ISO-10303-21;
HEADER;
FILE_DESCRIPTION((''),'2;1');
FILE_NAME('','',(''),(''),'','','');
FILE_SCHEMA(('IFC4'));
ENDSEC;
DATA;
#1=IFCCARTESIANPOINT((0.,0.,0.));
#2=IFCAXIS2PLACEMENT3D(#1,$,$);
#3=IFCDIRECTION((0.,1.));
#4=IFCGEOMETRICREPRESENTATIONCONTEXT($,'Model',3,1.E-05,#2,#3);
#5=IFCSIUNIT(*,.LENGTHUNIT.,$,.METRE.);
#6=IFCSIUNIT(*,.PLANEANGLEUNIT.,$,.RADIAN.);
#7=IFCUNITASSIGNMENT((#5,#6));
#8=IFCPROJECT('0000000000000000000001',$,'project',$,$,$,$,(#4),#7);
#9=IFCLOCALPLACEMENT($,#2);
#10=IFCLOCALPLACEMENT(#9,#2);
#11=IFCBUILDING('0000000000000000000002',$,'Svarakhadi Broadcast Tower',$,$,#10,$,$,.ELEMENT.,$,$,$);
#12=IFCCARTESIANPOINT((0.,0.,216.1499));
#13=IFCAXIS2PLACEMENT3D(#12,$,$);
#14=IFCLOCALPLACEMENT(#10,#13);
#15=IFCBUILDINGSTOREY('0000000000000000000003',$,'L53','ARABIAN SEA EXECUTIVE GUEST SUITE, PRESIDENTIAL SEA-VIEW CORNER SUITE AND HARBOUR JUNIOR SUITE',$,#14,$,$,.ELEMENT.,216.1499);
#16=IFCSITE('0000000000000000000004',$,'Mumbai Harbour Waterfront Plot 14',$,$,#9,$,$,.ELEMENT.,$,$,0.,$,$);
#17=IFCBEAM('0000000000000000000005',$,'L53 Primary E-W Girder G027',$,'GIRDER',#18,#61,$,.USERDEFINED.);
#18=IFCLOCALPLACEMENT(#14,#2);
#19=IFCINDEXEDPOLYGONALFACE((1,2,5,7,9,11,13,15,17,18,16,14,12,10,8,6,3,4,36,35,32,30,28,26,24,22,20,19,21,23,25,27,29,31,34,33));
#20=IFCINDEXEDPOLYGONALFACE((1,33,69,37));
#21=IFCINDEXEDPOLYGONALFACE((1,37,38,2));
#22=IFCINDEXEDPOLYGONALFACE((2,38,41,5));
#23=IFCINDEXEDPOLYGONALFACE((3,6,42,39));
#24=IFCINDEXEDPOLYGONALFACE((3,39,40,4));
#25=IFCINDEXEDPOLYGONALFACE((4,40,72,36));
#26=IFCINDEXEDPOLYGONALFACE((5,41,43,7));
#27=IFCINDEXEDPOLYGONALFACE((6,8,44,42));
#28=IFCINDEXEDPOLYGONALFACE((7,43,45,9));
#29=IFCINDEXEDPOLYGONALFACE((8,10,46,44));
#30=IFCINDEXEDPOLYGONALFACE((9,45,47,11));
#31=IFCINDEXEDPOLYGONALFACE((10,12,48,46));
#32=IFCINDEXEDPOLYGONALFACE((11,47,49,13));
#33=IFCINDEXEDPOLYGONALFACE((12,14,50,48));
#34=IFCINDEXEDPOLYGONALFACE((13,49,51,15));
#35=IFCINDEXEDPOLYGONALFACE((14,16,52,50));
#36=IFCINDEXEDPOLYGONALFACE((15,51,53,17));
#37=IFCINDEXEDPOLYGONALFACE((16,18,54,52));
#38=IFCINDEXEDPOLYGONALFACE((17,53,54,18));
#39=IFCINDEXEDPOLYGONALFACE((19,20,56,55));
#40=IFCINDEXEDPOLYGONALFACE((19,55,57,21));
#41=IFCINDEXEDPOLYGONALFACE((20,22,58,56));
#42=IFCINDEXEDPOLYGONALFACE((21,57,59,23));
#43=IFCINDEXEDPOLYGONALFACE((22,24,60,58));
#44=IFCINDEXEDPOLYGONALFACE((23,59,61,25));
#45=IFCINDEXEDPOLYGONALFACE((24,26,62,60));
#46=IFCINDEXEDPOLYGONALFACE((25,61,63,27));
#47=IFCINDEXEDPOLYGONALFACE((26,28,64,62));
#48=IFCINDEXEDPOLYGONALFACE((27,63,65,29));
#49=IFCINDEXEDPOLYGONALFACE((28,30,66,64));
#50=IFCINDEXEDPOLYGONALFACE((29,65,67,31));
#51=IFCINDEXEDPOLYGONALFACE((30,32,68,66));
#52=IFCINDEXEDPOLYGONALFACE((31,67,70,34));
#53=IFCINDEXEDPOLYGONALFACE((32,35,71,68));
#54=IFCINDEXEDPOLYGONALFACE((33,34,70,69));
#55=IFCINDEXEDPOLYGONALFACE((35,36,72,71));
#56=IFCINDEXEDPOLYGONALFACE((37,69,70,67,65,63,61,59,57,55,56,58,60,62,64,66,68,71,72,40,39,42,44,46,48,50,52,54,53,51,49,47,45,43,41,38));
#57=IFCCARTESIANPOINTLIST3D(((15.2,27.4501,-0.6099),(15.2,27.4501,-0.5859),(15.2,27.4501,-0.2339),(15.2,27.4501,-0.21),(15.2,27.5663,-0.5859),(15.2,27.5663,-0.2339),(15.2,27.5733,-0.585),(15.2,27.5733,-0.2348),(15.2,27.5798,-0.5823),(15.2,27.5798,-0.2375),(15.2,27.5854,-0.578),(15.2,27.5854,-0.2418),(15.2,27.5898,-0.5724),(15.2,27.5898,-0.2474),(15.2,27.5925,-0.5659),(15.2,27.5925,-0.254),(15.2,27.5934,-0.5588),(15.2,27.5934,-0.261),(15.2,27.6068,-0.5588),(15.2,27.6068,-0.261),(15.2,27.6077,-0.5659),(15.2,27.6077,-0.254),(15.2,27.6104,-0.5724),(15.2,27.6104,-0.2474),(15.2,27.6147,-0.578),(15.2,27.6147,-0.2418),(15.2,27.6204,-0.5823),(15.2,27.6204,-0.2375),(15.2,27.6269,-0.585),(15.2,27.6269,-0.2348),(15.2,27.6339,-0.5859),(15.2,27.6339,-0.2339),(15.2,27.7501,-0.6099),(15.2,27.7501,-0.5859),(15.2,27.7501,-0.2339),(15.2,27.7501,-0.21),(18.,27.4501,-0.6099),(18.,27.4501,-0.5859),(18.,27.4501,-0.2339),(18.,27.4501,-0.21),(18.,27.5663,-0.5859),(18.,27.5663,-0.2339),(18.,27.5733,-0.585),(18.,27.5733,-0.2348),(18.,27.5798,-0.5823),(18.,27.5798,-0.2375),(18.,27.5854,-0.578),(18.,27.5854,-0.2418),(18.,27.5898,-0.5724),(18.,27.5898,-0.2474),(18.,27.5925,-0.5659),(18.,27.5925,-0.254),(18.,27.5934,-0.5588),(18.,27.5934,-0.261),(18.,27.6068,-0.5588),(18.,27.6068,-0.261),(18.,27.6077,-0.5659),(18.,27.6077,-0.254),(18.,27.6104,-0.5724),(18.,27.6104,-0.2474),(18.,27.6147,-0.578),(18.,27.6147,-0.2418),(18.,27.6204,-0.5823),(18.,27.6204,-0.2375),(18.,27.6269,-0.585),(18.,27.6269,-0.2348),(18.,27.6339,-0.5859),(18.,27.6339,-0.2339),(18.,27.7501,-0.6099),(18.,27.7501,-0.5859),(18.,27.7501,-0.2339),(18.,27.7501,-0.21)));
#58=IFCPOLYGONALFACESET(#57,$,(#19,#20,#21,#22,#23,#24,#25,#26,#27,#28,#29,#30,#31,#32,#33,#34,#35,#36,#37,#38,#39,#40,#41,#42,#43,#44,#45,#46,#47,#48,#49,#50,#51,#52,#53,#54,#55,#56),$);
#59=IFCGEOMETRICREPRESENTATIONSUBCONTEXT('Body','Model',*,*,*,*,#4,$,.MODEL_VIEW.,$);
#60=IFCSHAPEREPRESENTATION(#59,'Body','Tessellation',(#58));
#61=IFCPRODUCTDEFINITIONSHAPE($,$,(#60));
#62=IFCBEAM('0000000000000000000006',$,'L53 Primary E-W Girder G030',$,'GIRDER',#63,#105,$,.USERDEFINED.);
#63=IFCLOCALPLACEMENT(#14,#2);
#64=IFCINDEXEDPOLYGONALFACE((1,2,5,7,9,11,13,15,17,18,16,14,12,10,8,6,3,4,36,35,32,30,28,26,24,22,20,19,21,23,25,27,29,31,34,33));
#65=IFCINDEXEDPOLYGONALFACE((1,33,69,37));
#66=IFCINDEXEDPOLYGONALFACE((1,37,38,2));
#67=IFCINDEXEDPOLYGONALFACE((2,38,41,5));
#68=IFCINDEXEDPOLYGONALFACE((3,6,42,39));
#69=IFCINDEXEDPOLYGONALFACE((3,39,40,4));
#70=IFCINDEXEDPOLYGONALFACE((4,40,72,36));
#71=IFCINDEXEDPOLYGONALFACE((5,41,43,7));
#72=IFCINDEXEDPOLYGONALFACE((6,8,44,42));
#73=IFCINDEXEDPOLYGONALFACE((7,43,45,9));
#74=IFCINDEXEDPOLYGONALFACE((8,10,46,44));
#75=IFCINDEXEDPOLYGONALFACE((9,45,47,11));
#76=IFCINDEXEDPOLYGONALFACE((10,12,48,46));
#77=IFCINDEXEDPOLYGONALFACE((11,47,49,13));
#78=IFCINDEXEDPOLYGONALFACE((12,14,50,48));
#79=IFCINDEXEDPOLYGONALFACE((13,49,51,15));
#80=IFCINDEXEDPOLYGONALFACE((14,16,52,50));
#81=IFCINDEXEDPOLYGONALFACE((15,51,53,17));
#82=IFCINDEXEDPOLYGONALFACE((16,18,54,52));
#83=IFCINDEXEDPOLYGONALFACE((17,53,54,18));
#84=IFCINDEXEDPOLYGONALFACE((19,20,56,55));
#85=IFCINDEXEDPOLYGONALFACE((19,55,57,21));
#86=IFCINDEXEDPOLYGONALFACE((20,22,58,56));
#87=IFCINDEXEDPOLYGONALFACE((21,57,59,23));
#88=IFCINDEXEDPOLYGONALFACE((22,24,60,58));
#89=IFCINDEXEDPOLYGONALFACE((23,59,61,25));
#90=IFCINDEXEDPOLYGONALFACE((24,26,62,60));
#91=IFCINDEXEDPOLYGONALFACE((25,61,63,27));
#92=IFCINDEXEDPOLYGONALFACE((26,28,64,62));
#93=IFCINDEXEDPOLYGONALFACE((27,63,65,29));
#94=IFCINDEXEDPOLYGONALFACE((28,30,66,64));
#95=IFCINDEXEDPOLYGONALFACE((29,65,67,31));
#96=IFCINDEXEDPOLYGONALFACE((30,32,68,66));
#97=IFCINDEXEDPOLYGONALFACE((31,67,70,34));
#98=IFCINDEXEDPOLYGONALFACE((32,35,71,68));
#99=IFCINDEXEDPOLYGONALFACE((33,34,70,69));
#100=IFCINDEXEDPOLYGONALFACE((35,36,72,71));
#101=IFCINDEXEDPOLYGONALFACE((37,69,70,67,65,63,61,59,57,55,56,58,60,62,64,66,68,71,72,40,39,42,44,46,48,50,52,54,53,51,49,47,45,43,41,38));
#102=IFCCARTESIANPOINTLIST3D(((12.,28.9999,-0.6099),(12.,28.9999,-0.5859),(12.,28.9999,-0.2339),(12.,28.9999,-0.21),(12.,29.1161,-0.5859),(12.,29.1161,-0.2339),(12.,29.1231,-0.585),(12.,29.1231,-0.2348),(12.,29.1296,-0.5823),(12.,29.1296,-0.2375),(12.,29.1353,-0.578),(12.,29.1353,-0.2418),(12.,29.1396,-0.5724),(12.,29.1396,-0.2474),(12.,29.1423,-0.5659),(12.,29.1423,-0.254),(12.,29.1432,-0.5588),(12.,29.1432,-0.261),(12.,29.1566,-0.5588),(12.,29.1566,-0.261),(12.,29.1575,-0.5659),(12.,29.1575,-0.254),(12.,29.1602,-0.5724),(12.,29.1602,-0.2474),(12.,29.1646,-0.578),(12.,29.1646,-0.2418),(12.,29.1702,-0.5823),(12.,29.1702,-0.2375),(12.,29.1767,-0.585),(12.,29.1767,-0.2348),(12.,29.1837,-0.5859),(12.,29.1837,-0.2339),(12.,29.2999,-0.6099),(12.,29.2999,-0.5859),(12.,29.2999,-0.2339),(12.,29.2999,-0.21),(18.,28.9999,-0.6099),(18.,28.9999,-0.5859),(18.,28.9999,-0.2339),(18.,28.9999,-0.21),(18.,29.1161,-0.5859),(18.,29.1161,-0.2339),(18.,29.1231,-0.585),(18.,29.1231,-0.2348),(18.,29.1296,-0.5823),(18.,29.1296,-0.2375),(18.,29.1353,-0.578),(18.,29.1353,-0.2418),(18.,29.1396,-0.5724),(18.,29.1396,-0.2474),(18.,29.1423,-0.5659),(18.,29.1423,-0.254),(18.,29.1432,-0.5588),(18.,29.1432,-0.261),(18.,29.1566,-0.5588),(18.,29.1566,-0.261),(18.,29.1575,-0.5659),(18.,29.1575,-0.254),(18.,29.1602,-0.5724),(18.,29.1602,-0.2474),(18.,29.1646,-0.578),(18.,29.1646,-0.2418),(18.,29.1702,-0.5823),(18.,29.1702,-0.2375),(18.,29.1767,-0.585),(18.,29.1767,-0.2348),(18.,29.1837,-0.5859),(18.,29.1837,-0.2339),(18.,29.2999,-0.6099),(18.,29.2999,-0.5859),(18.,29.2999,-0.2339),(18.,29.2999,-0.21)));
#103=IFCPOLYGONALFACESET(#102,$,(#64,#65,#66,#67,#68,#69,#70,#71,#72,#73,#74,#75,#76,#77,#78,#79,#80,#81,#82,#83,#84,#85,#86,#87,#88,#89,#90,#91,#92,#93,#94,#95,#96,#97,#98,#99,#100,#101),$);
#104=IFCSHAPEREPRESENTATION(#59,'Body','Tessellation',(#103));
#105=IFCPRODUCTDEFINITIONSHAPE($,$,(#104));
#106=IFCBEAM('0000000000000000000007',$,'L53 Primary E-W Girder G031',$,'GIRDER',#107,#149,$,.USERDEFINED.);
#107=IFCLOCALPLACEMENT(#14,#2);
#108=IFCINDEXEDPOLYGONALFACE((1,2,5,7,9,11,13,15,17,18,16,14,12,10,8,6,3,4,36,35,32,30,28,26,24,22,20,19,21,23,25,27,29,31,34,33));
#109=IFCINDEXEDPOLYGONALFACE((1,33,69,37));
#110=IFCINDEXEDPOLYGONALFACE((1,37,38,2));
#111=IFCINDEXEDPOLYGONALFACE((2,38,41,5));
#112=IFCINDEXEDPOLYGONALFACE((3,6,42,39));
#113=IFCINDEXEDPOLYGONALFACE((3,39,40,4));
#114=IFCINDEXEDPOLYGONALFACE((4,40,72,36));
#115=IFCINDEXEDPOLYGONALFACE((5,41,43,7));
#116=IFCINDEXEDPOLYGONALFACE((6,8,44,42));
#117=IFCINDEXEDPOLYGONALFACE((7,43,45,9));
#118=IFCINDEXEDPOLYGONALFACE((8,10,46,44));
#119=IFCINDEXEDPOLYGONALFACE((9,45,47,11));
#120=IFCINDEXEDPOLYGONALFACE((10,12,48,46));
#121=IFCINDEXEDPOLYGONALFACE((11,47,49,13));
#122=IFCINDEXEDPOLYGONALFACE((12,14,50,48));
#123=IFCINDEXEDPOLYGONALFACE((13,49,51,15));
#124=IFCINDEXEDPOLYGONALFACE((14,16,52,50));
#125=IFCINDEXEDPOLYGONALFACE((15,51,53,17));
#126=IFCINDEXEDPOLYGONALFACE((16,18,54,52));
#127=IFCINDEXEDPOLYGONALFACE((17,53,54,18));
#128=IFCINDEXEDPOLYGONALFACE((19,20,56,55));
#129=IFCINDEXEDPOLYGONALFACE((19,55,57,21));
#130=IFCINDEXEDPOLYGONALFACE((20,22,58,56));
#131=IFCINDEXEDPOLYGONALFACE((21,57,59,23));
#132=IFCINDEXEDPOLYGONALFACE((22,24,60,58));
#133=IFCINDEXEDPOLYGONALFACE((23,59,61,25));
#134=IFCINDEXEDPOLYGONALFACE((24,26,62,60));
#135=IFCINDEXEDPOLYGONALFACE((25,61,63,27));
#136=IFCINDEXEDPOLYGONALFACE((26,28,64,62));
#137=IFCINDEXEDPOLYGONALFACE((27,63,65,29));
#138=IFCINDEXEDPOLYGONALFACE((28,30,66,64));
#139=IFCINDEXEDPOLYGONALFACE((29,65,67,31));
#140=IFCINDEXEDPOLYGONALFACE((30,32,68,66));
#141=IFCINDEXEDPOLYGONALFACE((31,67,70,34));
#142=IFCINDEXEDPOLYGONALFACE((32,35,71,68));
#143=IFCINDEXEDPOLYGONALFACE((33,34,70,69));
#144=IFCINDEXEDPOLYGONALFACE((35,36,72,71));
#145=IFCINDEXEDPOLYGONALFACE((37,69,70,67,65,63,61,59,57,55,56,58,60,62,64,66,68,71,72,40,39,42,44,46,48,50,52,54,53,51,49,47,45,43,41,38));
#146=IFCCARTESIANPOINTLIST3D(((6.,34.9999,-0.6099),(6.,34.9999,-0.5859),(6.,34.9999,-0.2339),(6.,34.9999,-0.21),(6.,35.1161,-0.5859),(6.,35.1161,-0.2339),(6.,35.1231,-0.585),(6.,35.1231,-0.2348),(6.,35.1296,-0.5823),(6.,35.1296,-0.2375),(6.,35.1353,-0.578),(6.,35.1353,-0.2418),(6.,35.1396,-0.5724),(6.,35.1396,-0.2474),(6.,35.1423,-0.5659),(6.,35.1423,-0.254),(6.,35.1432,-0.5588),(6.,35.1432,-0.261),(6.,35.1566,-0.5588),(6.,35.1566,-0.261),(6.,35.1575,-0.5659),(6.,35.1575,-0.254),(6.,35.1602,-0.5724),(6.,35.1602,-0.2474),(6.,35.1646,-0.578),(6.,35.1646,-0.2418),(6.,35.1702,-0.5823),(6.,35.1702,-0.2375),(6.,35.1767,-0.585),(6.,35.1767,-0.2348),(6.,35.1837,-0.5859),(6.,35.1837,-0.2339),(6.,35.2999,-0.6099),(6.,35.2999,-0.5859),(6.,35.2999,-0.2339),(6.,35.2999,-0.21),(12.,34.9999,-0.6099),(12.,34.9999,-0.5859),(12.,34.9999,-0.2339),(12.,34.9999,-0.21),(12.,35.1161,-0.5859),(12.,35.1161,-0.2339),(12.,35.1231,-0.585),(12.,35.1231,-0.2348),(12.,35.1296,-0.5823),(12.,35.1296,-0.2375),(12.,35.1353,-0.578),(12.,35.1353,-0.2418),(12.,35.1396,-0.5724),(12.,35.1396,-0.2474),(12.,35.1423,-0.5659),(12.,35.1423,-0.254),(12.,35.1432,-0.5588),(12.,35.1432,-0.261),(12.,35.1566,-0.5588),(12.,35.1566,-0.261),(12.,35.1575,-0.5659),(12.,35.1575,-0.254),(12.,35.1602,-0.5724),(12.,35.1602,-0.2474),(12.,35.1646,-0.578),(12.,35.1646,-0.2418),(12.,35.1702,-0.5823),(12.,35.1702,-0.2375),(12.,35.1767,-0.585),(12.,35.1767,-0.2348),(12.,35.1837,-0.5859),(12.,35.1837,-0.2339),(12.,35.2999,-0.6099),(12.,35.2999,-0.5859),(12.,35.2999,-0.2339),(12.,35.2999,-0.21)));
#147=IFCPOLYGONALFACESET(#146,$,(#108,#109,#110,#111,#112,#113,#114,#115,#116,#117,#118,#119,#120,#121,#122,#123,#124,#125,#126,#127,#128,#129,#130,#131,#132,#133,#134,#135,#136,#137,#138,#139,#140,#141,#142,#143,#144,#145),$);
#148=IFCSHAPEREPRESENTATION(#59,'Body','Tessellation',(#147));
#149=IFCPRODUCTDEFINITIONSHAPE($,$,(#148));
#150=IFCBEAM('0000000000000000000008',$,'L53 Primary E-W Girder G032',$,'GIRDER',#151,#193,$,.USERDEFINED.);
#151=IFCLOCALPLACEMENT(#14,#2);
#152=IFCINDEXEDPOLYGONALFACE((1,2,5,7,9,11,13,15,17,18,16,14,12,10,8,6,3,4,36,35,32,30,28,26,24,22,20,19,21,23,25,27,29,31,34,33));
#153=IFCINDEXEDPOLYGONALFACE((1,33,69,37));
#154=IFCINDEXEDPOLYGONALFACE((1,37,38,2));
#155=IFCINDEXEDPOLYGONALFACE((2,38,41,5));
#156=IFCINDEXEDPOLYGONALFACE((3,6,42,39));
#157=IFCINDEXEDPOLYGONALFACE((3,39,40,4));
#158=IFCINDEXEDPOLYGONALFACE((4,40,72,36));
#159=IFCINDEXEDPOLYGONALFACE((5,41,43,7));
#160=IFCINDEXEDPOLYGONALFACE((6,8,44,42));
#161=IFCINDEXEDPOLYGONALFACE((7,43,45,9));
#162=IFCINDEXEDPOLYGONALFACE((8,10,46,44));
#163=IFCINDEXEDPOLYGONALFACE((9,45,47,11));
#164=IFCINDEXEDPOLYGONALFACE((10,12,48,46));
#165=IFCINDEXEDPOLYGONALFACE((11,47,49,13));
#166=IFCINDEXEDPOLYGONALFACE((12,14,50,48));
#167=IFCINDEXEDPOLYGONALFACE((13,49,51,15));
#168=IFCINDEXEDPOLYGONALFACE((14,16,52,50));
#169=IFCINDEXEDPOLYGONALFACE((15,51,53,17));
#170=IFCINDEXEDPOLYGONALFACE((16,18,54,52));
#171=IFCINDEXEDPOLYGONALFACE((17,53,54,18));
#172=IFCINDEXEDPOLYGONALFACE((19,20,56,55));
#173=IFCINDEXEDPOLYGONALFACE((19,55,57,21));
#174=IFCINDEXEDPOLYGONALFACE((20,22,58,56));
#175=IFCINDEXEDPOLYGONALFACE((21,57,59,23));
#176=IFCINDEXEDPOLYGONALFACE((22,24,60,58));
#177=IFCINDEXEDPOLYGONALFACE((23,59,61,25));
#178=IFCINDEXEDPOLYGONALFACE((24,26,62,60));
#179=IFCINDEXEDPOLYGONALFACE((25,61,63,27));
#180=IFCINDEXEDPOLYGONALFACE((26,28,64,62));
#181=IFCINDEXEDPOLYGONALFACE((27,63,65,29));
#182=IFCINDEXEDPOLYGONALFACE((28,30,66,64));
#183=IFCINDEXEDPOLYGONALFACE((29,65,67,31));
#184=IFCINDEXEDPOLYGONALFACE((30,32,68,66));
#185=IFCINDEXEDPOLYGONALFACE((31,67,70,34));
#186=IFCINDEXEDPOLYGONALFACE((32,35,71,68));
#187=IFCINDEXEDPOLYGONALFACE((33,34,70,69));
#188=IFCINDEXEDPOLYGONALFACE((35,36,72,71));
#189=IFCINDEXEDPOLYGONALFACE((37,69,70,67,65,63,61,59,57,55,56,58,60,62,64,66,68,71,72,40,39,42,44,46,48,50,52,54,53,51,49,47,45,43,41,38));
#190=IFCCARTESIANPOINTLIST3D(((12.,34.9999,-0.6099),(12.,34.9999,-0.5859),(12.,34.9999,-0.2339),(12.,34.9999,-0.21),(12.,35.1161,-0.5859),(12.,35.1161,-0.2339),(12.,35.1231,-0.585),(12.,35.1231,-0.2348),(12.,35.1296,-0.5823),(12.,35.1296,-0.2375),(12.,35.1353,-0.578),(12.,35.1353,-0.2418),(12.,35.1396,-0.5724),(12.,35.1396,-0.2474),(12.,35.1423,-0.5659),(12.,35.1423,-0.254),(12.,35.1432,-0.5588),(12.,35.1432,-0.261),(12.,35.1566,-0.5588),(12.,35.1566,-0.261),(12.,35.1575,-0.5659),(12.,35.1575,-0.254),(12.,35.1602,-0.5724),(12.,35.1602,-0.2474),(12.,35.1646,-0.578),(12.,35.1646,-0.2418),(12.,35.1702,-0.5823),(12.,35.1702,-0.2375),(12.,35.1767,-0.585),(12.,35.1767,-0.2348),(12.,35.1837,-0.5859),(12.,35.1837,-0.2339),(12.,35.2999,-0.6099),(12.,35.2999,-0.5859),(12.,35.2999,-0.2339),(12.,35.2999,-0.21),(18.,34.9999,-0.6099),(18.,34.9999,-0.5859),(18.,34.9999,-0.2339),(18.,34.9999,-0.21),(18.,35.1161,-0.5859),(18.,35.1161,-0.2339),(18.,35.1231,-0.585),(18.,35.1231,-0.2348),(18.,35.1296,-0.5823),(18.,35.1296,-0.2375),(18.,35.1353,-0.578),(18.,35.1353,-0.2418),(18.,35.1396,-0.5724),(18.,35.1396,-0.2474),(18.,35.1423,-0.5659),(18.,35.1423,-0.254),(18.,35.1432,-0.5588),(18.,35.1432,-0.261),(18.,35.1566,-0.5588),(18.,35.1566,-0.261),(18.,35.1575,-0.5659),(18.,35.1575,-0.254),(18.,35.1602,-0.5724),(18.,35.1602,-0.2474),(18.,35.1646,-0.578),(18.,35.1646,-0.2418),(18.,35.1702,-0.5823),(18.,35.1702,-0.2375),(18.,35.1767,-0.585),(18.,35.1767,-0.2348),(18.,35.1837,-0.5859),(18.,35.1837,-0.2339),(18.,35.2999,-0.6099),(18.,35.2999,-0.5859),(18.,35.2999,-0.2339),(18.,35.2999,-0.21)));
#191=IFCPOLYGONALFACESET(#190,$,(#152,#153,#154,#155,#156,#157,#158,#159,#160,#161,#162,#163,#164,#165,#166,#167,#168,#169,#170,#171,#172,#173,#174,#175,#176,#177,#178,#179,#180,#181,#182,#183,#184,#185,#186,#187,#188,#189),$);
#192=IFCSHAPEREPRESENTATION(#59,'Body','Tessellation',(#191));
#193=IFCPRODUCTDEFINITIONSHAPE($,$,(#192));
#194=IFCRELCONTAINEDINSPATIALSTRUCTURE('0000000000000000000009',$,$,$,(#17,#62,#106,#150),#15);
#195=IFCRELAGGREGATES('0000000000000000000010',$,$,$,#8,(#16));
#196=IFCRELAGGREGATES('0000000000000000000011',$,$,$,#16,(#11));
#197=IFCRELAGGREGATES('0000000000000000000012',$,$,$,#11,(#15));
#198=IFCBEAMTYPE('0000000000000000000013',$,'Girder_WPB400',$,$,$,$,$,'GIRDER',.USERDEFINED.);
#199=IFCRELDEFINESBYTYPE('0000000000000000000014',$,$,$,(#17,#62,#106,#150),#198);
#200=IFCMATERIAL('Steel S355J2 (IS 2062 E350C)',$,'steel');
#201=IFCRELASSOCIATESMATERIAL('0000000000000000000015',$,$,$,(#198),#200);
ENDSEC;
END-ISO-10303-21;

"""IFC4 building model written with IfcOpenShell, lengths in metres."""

from ifc_helpers import new_model, si_unit, direction, frame, origin, origin_2d, place, context, subcontext, project, spatial, i_section, extrude, material, material_profile, profile_set, type_object, element, save


model = new_model("IFC4")

# Units and contexts
model_context = context("Model", 3, precision=1e-05, world=origin(), true_north=direction((0.0, 1.0)))
body_context = subcontext(model_context, "Body", "Model", "MODEL_VIEW")
ifc_project = project(units=[si_unit("LENGTHUNIT", "METRE"), si_unit("PLANEANGLEUNIT", "RADIAN")], contexts=[model_context])

# Site, building, storey
site_placement = place(None, origin())
site = spatial("IfcSite", under=ifc_project, at=site_placement, Name="Mumbai Harbour Waterfront Plot 14", CompositionType="ELEMENT", RefElevation=0.0)
building_placement = place(site_placement, origin())
building = spatial("IfcBuilding", under=site, at=building_placement, Name="Svarakhadi Broadcast Tower", CompositionType="ELEMENT")
storey_placement = place(building_placement, frame((0.0, 0.0, 216.1499)))
storey = spatial("IfcBuildingStorey", under=building, at=storey_placement, Name="L53", Description="ARABIAN SEA EXECUTIVE GUEST SUITE, PRESIDENTIAL SEA-VIEW CORNER SUITE AND HARBOUR JUNIOR SUITE", CompositionType="ELEMENT", Elevation=216.1499)

# Shared definitions
ifc_material_1 = material(Name="Steel S355J2 (IS 2062 E350C)", Category="steel")

# Beams
ifc_material_profile_1 = material_profile(ifc_material_1, i_section(OverallWidth=0.3, OverallDepth=0.3999, WebThickness=0.0134, FlangeThickness=0.0239, FilletRadius=0.0271, at=origin_2d()), Name="WPB 400x300x155")
ifc_profile_set_1 = profile_set([ifc_material_profile_1], Name="Steel S355J2 (IS 2062 E350C)")
beam_type_1 = type_object("IfcBeamType", Name="Girder_WPB400", ElementType="GIRDER", PredefinedType="USERDEFINED", material=ifc_profile_set_1)
beam_placement = place(storey_placement, frame((15.2, 27.6001, -0.4099), z_axis=(1.0, 0.0, 0.0), x_axis=(0.0, 1.0, 0.0)))
element("IfcBeam", 1, at=beam_placement, inside=storey, type_object=beam_type_1, Name="L53 Primary E-W Girder G027", ObjectType="GIRDER", PredefinedType="USERDEFINED", context=body_context, shape_type="SweptSolid", body=[
    extrude(i_section(OverallWidth=0.3, OverallDepth=0.3999, WebThickness=0.0134, FlangeThickness=0.0239, FilletRadius=0.0271, at=origin_2d()), origin(), (0.0, 0.0, 1.0), 2.8),
])
for number, where, z_axis, x_axis, name in (
    (2, (12.0, 29.1499, -0.4099), (1.0, 0.0, 0.0), (0.0, 1.0, 0.0), "L53 Primary E-W Girder G030"),
    (3, (6.0, 35.1499, -0.4099), (1.0, 0.0, 0.0), (0.0, 1.0, 0.0), "L53 Primary E-W Girder G031"),
    (4, (12.0, 35.1499, -0.4099), (1.0, 0.0, 0.0), (0.0, 1.0, 0.0), "L53 Primary E-W Girder G032"),
):
    element("IfcBeam", number, at=place(storey_placement, frame(where, z_axis=z_axis, x_axis=x_axis)), inside=storey, type_object=beam_type_1, Name=name, ObjectType="GIRDER", PredefinedType="USERDEFINED", context=body_context, shape_type="SweptSolid", body=[
        extrude(i_section(OverallWidth=0.3, OverallDepth=0.3999, WebThickness=0.0134, FlangeThickness=0.0239, FilletRadius=0.0271, at=origin_2d()), origin(), (0.0, 0.0, 1.0), 6.0),
    ])

save(model, "model.ifc")
